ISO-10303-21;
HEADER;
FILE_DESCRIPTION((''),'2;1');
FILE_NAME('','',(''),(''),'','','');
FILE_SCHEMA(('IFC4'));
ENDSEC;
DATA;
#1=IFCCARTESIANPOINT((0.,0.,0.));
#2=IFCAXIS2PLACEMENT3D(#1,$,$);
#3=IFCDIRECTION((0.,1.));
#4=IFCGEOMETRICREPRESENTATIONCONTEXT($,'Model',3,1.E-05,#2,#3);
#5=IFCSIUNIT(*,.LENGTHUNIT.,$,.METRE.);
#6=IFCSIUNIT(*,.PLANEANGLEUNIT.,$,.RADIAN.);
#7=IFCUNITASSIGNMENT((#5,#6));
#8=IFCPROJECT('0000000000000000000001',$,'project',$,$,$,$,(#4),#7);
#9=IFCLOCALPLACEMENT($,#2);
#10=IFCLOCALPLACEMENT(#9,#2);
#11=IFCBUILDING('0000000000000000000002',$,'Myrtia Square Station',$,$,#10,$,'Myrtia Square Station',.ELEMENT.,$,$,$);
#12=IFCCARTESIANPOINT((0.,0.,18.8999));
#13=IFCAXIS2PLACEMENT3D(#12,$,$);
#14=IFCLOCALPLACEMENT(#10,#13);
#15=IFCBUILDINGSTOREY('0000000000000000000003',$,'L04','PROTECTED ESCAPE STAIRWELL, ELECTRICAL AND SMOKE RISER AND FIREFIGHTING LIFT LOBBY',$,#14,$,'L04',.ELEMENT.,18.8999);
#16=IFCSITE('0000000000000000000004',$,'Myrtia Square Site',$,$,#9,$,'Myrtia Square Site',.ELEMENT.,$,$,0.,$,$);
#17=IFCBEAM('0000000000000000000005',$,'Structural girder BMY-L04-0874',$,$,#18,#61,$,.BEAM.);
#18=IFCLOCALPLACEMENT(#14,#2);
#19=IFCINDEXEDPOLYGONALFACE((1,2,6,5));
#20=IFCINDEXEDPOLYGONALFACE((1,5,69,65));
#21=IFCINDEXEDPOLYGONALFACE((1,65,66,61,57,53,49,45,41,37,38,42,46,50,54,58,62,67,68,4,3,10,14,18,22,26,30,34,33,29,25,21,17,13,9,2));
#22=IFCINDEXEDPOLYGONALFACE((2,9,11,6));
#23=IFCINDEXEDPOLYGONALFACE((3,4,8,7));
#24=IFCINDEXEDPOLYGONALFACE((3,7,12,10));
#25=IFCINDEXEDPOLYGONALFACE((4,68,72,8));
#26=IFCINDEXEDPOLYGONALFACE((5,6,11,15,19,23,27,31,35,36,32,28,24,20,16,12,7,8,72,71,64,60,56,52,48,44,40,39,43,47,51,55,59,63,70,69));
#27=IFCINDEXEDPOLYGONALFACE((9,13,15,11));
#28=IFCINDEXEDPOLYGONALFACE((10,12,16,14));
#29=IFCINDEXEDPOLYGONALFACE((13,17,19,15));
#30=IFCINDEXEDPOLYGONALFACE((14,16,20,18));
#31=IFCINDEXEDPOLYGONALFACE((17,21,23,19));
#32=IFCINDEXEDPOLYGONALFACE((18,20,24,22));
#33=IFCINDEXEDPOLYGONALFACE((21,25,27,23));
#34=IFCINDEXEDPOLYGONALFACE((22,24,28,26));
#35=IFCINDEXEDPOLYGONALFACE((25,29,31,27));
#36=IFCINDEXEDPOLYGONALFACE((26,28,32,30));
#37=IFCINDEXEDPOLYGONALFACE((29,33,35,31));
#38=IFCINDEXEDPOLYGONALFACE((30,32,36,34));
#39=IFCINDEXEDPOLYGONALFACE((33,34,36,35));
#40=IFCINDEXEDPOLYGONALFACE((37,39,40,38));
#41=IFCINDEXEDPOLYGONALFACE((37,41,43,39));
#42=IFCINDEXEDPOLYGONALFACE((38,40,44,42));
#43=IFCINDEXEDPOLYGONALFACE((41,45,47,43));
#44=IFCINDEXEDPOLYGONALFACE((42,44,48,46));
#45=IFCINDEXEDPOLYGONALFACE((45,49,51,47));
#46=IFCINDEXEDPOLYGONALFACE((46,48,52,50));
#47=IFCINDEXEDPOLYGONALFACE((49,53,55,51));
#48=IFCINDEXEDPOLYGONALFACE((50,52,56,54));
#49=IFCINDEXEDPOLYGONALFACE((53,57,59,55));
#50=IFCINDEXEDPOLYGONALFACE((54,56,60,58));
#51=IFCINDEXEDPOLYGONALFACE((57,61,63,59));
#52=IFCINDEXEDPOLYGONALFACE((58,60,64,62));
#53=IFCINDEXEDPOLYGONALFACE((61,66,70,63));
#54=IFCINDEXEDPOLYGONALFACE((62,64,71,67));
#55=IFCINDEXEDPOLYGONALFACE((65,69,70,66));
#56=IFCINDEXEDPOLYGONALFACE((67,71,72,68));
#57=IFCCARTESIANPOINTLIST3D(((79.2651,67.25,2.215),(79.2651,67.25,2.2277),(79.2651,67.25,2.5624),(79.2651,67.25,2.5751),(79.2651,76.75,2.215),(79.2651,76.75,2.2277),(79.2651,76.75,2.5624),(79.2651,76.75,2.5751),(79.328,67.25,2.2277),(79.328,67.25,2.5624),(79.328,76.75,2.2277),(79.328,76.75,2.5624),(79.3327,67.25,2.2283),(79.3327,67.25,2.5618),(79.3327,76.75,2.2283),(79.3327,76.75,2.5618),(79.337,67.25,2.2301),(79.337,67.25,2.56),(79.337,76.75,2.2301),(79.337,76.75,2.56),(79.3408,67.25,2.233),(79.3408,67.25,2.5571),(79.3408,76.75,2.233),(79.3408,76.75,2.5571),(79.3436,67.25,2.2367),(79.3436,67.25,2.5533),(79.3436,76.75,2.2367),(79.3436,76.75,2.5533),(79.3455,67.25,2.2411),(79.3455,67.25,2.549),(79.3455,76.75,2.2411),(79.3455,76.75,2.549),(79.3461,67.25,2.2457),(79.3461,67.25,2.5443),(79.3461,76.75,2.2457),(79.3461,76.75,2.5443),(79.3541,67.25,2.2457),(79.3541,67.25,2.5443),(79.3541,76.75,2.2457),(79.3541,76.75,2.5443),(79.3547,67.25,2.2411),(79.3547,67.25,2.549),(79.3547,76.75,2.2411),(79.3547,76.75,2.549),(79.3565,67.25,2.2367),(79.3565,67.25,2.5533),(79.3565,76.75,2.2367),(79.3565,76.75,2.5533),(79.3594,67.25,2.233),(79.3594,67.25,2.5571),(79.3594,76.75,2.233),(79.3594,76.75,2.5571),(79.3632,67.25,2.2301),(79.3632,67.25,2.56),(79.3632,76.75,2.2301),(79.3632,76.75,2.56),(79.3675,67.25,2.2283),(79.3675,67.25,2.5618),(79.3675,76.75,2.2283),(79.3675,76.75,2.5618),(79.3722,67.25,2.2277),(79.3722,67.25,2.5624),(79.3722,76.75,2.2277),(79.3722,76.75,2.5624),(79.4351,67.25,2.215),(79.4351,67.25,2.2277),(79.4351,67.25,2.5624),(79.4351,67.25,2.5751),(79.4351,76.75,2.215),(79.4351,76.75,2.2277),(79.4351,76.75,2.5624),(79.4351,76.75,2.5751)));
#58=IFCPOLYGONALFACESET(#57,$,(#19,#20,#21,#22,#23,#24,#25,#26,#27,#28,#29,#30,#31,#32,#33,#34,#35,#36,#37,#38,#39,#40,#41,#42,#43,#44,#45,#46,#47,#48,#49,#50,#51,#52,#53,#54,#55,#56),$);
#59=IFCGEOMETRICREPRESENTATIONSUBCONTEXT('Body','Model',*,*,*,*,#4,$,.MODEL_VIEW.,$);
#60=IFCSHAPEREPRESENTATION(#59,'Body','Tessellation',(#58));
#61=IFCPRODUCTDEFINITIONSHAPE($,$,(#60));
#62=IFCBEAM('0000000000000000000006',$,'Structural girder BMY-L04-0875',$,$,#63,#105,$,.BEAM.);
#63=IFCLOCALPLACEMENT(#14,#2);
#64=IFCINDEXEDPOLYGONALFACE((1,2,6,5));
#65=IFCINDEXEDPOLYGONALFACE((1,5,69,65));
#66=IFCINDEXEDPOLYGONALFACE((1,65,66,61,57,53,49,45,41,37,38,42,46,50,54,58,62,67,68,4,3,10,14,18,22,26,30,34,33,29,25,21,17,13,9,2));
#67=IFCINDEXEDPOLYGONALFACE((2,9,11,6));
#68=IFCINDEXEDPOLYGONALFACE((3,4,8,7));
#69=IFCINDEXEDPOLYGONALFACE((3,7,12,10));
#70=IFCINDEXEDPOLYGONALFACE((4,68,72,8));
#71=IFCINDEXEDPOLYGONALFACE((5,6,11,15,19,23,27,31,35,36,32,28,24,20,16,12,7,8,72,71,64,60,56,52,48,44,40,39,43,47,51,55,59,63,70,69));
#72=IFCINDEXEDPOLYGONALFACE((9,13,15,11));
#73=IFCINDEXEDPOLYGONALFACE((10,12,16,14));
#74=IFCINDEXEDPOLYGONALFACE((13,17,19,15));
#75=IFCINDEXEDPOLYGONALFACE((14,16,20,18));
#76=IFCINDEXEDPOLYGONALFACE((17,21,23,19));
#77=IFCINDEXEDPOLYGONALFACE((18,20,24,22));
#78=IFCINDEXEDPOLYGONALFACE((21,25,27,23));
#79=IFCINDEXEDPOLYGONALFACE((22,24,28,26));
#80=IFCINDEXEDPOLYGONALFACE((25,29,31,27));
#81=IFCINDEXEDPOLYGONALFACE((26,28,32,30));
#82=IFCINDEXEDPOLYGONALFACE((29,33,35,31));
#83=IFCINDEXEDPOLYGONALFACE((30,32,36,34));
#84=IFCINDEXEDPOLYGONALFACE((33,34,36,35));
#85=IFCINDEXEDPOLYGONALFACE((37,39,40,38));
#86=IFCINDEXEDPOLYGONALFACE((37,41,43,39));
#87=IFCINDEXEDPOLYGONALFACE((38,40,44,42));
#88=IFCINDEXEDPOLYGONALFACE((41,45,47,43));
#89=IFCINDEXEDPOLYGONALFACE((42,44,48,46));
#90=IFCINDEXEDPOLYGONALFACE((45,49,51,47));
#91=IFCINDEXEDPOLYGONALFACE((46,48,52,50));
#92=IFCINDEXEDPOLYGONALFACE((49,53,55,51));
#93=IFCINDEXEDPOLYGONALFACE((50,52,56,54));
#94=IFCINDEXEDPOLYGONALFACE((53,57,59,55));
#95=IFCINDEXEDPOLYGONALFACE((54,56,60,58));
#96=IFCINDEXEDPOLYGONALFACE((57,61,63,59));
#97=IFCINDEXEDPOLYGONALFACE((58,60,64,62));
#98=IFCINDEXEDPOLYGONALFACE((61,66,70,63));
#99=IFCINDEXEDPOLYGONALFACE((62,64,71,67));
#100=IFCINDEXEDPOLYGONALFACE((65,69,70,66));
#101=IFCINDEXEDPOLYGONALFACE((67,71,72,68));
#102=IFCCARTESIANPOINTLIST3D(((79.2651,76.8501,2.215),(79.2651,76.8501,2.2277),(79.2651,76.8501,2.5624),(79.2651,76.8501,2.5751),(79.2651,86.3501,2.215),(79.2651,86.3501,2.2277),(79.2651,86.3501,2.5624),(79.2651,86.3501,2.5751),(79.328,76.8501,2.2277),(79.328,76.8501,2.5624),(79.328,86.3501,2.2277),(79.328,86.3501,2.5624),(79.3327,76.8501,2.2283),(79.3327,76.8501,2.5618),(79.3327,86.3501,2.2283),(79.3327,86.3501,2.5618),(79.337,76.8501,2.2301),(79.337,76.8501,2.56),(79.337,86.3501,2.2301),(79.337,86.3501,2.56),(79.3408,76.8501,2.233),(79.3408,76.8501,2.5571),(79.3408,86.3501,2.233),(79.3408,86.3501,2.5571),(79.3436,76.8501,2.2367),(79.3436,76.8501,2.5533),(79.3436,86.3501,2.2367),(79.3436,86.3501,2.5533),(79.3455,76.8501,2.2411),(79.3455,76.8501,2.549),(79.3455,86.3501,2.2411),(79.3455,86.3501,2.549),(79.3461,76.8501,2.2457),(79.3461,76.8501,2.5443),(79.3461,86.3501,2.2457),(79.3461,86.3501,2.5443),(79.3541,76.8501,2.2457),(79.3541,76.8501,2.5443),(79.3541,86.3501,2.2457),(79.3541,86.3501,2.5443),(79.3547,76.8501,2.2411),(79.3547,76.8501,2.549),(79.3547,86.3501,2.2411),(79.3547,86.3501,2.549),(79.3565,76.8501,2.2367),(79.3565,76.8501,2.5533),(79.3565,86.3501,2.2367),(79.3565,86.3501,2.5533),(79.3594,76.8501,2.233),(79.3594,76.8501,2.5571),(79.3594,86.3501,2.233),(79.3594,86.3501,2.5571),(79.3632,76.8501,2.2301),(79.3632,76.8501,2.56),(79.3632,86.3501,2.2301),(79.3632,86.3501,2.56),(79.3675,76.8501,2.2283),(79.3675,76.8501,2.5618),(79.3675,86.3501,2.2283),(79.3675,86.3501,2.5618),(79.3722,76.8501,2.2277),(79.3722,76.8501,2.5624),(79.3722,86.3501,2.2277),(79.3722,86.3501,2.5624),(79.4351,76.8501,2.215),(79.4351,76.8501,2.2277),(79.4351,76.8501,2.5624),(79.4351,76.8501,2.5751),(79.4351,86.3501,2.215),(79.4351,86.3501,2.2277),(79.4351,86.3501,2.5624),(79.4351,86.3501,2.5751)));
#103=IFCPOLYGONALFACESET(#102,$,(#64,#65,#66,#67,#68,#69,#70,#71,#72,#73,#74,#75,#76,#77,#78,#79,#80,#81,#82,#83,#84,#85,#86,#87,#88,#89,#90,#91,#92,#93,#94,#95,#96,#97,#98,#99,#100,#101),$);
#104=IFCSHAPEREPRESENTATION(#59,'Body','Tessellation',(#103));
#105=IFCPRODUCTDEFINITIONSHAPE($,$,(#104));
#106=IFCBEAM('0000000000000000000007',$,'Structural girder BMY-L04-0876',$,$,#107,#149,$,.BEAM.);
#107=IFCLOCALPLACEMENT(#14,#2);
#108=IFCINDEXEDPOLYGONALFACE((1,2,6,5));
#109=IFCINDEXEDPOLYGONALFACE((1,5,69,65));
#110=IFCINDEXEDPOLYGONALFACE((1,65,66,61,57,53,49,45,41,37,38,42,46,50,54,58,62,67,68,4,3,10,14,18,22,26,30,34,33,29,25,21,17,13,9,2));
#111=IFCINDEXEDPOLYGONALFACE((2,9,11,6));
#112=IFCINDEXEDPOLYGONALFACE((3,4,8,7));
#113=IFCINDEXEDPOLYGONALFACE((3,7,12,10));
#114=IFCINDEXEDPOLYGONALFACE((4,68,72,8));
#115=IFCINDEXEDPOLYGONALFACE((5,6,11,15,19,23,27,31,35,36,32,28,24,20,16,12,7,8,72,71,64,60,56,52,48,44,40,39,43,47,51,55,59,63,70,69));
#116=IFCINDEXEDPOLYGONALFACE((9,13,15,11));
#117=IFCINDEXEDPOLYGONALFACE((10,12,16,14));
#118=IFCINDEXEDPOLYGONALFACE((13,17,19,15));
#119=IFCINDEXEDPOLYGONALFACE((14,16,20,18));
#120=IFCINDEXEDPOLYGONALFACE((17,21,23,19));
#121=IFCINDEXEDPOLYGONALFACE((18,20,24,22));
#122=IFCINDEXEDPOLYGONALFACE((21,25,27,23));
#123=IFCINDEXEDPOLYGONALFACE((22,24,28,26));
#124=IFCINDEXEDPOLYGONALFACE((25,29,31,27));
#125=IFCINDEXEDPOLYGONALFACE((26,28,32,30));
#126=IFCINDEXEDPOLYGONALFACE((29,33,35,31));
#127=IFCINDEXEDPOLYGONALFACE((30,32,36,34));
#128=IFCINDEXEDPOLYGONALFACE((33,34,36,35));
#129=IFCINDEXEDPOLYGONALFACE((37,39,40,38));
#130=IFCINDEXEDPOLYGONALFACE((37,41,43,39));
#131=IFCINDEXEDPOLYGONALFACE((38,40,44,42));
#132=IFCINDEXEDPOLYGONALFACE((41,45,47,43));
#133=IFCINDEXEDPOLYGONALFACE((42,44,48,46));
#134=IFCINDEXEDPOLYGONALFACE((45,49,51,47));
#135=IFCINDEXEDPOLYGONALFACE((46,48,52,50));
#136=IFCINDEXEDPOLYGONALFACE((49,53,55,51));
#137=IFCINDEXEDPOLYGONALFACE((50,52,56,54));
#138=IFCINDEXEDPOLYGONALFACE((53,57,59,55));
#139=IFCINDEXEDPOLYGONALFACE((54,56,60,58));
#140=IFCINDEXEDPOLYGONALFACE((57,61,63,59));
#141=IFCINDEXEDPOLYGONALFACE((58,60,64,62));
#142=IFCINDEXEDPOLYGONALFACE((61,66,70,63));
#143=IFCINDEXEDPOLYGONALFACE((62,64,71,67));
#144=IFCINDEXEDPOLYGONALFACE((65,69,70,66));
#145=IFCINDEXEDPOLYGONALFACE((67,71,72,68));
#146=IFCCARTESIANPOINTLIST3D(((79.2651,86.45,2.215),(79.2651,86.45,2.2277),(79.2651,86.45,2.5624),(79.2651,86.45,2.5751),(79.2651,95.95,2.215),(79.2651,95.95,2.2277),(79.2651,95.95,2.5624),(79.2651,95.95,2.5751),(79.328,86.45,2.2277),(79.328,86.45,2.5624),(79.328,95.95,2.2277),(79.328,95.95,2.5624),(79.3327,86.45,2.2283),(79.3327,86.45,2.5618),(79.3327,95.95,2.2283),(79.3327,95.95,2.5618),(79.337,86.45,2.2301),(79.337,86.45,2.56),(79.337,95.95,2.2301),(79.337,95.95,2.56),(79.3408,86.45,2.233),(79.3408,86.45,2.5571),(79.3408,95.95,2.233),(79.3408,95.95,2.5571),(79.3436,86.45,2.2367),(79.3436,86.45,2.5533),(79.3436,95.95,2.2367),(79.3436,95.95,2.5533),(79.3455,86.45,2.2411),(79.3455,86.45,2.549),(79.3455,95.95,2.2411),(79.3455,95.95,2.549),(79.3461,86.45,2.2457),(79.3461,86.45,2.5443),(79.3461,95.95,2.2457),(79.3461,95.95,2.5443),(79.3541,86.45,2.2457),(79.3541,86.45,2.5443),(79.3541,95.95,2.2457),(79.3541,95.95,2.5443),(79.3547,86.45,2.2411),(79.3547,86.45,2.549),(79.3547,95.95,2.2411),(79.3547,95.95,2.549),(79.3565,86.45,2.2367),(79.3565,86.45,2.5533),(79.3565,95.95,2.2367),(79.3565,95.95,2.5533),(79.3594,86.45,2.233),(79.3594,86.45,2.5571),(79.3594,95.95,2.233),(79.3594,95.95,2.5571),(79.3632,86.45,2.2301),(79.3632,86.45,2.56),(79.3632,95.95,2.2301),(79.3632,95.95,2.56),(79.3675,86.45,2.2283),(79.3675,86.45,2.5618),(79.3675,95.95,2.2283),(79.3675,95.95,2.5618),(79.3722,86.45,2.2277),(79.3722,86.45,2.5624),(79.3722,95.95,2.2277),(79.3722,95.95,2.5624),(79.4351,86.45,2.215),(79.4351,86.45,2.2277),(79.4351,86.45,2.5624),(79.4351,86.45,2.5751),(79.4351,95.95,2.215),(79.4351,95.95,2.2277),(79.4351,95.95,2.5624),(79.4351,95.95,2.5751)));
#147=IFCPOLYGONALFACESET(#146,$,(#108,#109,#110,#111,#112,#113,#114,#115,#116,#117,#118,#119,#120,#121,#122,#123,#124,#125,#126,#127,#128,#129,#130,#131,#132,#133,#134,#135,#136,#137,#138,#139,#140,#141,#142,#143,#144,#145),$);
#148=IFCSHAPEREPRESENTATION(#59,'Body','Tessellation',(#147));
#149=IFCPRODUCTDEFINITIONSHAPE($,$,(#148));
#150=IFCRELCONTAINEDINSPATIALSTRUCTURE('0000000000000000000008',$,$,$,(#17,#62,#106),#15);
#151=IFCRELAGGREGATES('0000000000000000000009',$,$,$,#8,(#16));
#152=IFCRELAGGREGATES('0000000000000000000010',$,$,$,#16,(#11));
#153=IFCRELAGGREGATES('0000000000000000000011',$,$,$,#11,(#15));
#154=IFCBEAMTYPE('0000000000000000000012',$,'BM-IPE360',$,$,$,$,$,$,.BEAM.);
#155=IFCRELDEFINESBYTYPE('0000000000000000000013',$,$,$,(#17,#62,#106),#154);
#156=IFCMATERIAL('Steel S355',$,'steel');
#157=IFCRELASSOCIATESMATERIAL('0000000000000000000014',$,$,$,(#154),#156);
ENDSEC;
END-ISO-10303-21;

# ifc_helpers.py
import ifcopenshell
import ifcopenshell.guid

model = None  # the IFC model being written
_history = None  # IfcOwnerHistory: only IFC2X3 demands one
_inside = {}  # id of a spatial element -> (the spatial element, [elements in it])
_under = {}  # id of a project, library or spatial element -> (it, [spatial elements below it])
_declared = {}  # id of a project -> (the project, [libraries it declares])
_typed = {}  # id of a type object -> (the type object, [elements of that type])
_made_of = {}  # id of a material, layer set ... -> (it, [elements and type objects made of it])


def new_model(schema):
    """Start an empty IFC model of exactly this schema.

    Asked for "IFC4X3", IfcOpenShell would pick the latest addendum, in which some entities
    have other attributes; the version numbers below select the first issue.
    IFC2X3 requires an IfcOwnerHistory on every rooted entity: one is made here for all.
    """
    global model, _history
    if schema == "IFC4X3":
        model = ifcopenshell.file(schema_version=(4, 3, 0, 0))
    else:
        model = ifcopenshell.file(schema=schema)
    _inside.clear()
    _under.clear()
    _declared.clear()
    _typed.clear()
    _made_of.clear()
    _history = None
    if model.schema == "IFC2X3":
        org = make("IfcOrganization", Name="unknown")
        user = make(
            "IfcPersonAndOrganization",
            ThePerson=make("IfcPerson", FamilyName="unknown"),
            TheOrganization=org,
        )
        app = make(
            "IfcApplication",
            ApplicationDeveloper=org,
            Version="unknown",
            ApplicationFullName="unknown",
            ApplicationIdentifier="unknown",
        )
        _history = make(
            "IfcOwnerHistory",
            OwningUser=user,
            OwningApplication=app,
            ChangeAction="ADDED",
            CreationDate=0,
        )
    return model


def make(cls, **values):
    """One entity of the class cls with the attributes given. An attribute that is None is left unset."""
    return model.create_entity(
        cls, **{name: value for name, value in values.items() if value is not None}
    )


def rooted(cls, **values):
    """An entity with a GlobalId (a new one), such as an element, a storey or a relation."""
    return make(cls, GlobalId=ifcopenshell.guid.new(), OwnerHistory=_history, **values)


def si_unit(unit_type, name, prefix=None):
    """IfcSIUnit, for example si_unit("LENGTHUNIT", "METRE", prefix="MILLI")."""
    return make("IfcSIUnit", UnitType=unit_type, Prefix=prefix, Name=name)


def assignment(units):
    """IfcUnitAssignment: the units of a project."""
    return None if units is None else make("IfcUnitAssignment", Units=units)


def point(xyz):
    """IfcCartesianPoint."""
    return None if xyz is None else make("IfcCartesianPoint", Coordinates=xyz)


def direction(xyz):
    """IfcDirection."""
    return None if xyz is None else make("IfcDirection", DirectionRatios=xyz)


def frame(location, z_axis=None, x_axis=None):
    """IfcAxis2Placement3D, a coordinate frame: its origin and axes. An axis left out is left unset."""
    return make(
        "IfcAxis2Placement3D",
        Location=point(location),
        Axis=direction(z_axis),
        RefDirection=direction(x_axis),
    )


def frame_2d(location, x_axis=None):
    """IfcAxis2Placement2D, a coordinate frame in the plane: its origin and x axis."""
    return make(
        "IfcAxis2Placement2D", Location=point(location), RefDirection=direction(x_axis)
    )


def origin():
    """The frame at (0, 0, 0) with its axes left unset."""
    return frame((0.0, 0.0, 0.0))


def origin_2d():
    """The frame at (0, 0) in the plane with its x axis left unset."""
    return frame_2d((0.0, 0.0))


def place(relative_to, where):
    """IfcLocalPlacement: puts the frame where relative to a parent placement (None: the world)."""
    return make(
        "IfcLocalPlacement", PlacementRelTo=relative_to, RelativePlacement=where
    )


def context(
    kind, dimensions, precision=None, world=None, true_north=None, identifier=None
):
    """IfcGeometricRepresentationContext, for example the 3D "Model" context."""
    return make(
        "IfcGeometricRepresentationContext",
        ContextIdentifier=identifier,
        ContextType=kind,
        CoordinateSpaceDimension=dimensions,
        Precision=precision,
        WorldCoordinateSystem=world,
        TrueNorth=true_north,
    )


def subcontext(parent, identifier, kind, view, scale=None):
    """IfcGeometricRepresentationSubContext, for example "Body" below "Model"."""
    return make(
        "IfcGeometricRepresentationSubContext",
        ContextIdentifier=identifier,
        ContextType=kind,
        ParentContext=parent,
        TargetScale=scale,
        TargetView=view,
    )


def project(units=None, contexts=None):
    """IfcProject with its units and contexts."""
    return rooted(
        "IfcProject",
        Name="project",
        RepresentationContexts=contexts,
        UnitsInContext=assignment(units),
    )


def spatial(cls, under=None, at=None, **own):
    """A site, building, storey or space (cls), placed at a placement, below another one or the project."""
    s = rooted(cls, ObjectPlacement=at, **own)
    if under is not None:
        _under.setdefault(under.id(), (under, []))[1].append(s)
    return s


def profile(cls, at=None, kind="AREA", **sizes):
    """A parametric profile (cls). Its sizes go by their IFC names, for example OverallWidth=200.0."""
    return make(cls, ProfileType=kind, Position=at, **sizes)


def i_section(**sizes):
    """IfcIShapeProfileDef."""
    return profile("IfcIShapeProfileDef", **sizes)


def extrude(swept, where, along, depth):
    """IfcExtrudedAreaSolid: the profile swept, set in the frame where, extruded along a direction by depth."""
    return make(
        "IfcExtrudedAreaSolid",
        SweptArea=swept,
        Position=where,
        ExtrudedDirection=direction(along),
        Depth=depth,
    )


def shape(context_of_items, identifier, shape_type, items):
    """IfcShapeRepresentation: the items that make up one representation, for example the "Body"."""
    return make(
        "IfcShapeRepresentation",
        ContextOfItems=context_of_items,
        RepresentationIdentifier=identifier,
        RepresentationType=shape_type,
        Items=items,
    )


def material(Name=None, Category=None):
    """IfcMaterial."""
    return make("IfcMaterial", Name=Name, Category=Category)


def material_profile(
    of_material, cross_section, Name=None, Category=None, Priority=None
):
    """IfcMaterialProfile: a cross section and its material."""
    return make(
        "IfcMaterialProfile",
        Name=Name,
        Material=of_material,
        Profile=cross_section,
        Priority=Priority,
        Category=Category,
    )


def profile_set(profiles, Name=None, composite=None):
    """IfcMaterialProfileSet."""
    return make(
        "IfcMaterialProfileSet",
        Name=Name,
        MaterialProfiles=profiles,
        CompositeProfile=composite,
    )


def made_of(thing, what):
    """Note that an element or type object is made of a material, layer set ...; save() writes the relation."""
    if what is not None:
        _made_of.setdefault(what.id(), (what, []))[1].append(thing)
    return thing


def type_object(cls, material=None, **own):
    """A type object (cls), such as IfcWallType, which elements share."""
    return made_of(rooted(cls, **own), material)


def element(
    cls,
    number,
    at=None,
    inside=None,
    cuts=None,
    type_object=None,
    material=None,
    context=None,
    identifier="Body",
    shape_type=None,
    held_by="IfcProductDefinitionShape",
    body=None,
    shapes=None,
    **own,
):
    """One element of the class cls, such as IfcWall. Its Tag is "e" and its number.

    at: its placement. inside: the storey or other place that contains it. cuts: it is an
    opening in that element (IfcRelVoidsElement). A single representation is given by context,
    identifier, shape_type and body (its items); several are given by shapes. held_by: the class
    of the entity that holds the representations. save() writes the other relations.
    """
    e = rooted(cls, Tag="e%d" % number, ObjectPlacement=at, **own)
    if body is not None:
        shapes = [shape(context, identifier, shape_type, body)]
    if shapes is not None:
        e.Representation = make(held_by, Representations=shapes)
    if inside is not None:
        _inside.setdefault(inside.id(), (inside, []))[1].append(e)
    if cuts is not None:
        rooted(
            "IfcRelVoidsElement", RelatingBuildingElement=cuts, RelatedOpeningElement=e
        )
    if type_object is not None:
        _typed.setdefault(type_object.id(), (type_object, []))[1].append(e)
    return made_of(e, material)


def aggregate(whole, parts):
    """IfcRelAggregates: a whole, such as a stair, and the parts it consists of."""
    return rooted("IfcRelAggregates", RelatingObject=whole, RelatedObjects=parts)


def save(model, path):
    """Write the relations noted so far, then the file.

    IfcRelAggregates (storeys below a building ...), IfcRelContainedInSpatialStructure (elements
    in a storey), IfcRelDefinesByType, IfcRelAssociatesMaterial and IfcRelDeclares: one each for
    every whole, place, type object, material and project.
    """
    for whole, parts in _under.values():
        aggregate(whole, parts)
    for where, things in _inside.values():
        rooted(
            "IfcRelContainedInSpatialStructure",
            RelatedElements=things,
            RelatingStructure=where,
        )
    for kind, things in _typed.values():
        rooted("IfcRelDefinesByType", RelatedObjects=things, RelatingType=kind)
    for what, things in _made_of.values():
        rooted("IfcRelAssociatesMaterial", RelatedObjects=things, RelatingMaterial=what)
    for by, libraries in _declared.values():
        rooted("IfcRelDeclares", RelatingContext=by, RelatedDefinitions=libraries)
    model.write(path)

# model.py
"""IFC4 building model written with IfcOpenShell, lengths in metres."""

from ifc_helpers import new_model, si_unit, direction, frame, origin, origin_2d, place, context, subcontext, project, spatial, i_section, extrude, material, material_profile, profile_set, type_object, element, save


model = new_model("IFC4")

# Units and contexts
model_context = context("Model", 3, precision=1e-05, world=origin(), true_north=direction((0.0, 1.0)))
body_context = subcontext(model_context, "Body", "Model", "MODEL_VIEW")
ifc_project = project(units=[si_unit("LENGTHUNIT", "METRE"), si_unit("PLANEANGLEUNIT", "RADIAN")], contexts=[model_context])

# Site, building, storey
site_placement = place(None, origin())
site = spatial("IfcSite", under=ifc_project, at=site_placement, Name="Myrtia Square Site", LongName="Myrtia Square Site", CompositionType="ELEMENT", RefElevation=0.0)
building_placement = place(site_placement, origin())
building = spatial("IfcBuilding", under=site, at=building_placement, Name="Myrtia Square Station", LongName="Myrtia Square Station", CompositionType="ELEMENT")
storey_placement = place(building_placement, frame((0.0, 0.0, 18.8999)))
storey = spatial("IfcBuildingStorey", under=building, at=storey_placement, Name="L04", Description="PROTECTED ESCAPE STAIRWELL, ELECTRICAL AND SMOKE RISER AND FIREFIGHTING LIFT LOBBY", LongName="L04", CompositionType="ELEMENT", Elevation=18.8999)

# Shared definitions
ifc_material_1 = material(Name="Steel S355", Category="steel")

# Beams
ifc_material_profile_1 = material_profile(ifc_material_1, i_section(OverallWidth=0.1699, OverallDepth=0.3601, WebThickness=0.0081, FlangeThickness=0.0127, FilletRadius=0.0181, at=origin_2d()), Name="IPE 360")
ifc_profile_set_1 = profile_set([ifc_material_profile_1], Name="Steel S355")
beam_type = type_object("IfcBeamType", Name="BM-IPE360", PredefinedType="BEAM", material=ifc_profile_set_1)
for number, where, z_axis, x_axis, name in (
    (1, (79.3501, 67.25, 2.395), (0.0, 1.0, 0.0), (-1.0, 0.0, 0.0), "Structural girder BMY-L04-0874"),
    (2, (79.3501, 76.8501, 2.395), (0.0, 1.0, 0.0), (-1.0, 0.0, 0.0), "Structural girder BMY-L04-0875"),
    (3, (79.3501, 86.45, 2.395), (0.0, 1.0, 0.0), (-1.0, 0.0, 0.0), "Structural girder BMY-L04-0876"),
):
    element("IfcBeam", number, at=place(storey_placement, frame(where, z_axis=z_axis, x_axis=x_axis)), inside=storey, type_object=beam_type, Name=name, PredefinedType="BEAM", context=body_context, shape_type="SweptSolid", body=[
        extrude(i_section(OverallWidth=0.1699, OverallDepth=0.3601, WebThickness=0.0081, FlangeThickness=0.0127, FilletRadius=0.0181, at=origin_2d()), origin(), (0.0, 0.0, 1.0), 9.5),
    ])

save(model, "model.ifc")
